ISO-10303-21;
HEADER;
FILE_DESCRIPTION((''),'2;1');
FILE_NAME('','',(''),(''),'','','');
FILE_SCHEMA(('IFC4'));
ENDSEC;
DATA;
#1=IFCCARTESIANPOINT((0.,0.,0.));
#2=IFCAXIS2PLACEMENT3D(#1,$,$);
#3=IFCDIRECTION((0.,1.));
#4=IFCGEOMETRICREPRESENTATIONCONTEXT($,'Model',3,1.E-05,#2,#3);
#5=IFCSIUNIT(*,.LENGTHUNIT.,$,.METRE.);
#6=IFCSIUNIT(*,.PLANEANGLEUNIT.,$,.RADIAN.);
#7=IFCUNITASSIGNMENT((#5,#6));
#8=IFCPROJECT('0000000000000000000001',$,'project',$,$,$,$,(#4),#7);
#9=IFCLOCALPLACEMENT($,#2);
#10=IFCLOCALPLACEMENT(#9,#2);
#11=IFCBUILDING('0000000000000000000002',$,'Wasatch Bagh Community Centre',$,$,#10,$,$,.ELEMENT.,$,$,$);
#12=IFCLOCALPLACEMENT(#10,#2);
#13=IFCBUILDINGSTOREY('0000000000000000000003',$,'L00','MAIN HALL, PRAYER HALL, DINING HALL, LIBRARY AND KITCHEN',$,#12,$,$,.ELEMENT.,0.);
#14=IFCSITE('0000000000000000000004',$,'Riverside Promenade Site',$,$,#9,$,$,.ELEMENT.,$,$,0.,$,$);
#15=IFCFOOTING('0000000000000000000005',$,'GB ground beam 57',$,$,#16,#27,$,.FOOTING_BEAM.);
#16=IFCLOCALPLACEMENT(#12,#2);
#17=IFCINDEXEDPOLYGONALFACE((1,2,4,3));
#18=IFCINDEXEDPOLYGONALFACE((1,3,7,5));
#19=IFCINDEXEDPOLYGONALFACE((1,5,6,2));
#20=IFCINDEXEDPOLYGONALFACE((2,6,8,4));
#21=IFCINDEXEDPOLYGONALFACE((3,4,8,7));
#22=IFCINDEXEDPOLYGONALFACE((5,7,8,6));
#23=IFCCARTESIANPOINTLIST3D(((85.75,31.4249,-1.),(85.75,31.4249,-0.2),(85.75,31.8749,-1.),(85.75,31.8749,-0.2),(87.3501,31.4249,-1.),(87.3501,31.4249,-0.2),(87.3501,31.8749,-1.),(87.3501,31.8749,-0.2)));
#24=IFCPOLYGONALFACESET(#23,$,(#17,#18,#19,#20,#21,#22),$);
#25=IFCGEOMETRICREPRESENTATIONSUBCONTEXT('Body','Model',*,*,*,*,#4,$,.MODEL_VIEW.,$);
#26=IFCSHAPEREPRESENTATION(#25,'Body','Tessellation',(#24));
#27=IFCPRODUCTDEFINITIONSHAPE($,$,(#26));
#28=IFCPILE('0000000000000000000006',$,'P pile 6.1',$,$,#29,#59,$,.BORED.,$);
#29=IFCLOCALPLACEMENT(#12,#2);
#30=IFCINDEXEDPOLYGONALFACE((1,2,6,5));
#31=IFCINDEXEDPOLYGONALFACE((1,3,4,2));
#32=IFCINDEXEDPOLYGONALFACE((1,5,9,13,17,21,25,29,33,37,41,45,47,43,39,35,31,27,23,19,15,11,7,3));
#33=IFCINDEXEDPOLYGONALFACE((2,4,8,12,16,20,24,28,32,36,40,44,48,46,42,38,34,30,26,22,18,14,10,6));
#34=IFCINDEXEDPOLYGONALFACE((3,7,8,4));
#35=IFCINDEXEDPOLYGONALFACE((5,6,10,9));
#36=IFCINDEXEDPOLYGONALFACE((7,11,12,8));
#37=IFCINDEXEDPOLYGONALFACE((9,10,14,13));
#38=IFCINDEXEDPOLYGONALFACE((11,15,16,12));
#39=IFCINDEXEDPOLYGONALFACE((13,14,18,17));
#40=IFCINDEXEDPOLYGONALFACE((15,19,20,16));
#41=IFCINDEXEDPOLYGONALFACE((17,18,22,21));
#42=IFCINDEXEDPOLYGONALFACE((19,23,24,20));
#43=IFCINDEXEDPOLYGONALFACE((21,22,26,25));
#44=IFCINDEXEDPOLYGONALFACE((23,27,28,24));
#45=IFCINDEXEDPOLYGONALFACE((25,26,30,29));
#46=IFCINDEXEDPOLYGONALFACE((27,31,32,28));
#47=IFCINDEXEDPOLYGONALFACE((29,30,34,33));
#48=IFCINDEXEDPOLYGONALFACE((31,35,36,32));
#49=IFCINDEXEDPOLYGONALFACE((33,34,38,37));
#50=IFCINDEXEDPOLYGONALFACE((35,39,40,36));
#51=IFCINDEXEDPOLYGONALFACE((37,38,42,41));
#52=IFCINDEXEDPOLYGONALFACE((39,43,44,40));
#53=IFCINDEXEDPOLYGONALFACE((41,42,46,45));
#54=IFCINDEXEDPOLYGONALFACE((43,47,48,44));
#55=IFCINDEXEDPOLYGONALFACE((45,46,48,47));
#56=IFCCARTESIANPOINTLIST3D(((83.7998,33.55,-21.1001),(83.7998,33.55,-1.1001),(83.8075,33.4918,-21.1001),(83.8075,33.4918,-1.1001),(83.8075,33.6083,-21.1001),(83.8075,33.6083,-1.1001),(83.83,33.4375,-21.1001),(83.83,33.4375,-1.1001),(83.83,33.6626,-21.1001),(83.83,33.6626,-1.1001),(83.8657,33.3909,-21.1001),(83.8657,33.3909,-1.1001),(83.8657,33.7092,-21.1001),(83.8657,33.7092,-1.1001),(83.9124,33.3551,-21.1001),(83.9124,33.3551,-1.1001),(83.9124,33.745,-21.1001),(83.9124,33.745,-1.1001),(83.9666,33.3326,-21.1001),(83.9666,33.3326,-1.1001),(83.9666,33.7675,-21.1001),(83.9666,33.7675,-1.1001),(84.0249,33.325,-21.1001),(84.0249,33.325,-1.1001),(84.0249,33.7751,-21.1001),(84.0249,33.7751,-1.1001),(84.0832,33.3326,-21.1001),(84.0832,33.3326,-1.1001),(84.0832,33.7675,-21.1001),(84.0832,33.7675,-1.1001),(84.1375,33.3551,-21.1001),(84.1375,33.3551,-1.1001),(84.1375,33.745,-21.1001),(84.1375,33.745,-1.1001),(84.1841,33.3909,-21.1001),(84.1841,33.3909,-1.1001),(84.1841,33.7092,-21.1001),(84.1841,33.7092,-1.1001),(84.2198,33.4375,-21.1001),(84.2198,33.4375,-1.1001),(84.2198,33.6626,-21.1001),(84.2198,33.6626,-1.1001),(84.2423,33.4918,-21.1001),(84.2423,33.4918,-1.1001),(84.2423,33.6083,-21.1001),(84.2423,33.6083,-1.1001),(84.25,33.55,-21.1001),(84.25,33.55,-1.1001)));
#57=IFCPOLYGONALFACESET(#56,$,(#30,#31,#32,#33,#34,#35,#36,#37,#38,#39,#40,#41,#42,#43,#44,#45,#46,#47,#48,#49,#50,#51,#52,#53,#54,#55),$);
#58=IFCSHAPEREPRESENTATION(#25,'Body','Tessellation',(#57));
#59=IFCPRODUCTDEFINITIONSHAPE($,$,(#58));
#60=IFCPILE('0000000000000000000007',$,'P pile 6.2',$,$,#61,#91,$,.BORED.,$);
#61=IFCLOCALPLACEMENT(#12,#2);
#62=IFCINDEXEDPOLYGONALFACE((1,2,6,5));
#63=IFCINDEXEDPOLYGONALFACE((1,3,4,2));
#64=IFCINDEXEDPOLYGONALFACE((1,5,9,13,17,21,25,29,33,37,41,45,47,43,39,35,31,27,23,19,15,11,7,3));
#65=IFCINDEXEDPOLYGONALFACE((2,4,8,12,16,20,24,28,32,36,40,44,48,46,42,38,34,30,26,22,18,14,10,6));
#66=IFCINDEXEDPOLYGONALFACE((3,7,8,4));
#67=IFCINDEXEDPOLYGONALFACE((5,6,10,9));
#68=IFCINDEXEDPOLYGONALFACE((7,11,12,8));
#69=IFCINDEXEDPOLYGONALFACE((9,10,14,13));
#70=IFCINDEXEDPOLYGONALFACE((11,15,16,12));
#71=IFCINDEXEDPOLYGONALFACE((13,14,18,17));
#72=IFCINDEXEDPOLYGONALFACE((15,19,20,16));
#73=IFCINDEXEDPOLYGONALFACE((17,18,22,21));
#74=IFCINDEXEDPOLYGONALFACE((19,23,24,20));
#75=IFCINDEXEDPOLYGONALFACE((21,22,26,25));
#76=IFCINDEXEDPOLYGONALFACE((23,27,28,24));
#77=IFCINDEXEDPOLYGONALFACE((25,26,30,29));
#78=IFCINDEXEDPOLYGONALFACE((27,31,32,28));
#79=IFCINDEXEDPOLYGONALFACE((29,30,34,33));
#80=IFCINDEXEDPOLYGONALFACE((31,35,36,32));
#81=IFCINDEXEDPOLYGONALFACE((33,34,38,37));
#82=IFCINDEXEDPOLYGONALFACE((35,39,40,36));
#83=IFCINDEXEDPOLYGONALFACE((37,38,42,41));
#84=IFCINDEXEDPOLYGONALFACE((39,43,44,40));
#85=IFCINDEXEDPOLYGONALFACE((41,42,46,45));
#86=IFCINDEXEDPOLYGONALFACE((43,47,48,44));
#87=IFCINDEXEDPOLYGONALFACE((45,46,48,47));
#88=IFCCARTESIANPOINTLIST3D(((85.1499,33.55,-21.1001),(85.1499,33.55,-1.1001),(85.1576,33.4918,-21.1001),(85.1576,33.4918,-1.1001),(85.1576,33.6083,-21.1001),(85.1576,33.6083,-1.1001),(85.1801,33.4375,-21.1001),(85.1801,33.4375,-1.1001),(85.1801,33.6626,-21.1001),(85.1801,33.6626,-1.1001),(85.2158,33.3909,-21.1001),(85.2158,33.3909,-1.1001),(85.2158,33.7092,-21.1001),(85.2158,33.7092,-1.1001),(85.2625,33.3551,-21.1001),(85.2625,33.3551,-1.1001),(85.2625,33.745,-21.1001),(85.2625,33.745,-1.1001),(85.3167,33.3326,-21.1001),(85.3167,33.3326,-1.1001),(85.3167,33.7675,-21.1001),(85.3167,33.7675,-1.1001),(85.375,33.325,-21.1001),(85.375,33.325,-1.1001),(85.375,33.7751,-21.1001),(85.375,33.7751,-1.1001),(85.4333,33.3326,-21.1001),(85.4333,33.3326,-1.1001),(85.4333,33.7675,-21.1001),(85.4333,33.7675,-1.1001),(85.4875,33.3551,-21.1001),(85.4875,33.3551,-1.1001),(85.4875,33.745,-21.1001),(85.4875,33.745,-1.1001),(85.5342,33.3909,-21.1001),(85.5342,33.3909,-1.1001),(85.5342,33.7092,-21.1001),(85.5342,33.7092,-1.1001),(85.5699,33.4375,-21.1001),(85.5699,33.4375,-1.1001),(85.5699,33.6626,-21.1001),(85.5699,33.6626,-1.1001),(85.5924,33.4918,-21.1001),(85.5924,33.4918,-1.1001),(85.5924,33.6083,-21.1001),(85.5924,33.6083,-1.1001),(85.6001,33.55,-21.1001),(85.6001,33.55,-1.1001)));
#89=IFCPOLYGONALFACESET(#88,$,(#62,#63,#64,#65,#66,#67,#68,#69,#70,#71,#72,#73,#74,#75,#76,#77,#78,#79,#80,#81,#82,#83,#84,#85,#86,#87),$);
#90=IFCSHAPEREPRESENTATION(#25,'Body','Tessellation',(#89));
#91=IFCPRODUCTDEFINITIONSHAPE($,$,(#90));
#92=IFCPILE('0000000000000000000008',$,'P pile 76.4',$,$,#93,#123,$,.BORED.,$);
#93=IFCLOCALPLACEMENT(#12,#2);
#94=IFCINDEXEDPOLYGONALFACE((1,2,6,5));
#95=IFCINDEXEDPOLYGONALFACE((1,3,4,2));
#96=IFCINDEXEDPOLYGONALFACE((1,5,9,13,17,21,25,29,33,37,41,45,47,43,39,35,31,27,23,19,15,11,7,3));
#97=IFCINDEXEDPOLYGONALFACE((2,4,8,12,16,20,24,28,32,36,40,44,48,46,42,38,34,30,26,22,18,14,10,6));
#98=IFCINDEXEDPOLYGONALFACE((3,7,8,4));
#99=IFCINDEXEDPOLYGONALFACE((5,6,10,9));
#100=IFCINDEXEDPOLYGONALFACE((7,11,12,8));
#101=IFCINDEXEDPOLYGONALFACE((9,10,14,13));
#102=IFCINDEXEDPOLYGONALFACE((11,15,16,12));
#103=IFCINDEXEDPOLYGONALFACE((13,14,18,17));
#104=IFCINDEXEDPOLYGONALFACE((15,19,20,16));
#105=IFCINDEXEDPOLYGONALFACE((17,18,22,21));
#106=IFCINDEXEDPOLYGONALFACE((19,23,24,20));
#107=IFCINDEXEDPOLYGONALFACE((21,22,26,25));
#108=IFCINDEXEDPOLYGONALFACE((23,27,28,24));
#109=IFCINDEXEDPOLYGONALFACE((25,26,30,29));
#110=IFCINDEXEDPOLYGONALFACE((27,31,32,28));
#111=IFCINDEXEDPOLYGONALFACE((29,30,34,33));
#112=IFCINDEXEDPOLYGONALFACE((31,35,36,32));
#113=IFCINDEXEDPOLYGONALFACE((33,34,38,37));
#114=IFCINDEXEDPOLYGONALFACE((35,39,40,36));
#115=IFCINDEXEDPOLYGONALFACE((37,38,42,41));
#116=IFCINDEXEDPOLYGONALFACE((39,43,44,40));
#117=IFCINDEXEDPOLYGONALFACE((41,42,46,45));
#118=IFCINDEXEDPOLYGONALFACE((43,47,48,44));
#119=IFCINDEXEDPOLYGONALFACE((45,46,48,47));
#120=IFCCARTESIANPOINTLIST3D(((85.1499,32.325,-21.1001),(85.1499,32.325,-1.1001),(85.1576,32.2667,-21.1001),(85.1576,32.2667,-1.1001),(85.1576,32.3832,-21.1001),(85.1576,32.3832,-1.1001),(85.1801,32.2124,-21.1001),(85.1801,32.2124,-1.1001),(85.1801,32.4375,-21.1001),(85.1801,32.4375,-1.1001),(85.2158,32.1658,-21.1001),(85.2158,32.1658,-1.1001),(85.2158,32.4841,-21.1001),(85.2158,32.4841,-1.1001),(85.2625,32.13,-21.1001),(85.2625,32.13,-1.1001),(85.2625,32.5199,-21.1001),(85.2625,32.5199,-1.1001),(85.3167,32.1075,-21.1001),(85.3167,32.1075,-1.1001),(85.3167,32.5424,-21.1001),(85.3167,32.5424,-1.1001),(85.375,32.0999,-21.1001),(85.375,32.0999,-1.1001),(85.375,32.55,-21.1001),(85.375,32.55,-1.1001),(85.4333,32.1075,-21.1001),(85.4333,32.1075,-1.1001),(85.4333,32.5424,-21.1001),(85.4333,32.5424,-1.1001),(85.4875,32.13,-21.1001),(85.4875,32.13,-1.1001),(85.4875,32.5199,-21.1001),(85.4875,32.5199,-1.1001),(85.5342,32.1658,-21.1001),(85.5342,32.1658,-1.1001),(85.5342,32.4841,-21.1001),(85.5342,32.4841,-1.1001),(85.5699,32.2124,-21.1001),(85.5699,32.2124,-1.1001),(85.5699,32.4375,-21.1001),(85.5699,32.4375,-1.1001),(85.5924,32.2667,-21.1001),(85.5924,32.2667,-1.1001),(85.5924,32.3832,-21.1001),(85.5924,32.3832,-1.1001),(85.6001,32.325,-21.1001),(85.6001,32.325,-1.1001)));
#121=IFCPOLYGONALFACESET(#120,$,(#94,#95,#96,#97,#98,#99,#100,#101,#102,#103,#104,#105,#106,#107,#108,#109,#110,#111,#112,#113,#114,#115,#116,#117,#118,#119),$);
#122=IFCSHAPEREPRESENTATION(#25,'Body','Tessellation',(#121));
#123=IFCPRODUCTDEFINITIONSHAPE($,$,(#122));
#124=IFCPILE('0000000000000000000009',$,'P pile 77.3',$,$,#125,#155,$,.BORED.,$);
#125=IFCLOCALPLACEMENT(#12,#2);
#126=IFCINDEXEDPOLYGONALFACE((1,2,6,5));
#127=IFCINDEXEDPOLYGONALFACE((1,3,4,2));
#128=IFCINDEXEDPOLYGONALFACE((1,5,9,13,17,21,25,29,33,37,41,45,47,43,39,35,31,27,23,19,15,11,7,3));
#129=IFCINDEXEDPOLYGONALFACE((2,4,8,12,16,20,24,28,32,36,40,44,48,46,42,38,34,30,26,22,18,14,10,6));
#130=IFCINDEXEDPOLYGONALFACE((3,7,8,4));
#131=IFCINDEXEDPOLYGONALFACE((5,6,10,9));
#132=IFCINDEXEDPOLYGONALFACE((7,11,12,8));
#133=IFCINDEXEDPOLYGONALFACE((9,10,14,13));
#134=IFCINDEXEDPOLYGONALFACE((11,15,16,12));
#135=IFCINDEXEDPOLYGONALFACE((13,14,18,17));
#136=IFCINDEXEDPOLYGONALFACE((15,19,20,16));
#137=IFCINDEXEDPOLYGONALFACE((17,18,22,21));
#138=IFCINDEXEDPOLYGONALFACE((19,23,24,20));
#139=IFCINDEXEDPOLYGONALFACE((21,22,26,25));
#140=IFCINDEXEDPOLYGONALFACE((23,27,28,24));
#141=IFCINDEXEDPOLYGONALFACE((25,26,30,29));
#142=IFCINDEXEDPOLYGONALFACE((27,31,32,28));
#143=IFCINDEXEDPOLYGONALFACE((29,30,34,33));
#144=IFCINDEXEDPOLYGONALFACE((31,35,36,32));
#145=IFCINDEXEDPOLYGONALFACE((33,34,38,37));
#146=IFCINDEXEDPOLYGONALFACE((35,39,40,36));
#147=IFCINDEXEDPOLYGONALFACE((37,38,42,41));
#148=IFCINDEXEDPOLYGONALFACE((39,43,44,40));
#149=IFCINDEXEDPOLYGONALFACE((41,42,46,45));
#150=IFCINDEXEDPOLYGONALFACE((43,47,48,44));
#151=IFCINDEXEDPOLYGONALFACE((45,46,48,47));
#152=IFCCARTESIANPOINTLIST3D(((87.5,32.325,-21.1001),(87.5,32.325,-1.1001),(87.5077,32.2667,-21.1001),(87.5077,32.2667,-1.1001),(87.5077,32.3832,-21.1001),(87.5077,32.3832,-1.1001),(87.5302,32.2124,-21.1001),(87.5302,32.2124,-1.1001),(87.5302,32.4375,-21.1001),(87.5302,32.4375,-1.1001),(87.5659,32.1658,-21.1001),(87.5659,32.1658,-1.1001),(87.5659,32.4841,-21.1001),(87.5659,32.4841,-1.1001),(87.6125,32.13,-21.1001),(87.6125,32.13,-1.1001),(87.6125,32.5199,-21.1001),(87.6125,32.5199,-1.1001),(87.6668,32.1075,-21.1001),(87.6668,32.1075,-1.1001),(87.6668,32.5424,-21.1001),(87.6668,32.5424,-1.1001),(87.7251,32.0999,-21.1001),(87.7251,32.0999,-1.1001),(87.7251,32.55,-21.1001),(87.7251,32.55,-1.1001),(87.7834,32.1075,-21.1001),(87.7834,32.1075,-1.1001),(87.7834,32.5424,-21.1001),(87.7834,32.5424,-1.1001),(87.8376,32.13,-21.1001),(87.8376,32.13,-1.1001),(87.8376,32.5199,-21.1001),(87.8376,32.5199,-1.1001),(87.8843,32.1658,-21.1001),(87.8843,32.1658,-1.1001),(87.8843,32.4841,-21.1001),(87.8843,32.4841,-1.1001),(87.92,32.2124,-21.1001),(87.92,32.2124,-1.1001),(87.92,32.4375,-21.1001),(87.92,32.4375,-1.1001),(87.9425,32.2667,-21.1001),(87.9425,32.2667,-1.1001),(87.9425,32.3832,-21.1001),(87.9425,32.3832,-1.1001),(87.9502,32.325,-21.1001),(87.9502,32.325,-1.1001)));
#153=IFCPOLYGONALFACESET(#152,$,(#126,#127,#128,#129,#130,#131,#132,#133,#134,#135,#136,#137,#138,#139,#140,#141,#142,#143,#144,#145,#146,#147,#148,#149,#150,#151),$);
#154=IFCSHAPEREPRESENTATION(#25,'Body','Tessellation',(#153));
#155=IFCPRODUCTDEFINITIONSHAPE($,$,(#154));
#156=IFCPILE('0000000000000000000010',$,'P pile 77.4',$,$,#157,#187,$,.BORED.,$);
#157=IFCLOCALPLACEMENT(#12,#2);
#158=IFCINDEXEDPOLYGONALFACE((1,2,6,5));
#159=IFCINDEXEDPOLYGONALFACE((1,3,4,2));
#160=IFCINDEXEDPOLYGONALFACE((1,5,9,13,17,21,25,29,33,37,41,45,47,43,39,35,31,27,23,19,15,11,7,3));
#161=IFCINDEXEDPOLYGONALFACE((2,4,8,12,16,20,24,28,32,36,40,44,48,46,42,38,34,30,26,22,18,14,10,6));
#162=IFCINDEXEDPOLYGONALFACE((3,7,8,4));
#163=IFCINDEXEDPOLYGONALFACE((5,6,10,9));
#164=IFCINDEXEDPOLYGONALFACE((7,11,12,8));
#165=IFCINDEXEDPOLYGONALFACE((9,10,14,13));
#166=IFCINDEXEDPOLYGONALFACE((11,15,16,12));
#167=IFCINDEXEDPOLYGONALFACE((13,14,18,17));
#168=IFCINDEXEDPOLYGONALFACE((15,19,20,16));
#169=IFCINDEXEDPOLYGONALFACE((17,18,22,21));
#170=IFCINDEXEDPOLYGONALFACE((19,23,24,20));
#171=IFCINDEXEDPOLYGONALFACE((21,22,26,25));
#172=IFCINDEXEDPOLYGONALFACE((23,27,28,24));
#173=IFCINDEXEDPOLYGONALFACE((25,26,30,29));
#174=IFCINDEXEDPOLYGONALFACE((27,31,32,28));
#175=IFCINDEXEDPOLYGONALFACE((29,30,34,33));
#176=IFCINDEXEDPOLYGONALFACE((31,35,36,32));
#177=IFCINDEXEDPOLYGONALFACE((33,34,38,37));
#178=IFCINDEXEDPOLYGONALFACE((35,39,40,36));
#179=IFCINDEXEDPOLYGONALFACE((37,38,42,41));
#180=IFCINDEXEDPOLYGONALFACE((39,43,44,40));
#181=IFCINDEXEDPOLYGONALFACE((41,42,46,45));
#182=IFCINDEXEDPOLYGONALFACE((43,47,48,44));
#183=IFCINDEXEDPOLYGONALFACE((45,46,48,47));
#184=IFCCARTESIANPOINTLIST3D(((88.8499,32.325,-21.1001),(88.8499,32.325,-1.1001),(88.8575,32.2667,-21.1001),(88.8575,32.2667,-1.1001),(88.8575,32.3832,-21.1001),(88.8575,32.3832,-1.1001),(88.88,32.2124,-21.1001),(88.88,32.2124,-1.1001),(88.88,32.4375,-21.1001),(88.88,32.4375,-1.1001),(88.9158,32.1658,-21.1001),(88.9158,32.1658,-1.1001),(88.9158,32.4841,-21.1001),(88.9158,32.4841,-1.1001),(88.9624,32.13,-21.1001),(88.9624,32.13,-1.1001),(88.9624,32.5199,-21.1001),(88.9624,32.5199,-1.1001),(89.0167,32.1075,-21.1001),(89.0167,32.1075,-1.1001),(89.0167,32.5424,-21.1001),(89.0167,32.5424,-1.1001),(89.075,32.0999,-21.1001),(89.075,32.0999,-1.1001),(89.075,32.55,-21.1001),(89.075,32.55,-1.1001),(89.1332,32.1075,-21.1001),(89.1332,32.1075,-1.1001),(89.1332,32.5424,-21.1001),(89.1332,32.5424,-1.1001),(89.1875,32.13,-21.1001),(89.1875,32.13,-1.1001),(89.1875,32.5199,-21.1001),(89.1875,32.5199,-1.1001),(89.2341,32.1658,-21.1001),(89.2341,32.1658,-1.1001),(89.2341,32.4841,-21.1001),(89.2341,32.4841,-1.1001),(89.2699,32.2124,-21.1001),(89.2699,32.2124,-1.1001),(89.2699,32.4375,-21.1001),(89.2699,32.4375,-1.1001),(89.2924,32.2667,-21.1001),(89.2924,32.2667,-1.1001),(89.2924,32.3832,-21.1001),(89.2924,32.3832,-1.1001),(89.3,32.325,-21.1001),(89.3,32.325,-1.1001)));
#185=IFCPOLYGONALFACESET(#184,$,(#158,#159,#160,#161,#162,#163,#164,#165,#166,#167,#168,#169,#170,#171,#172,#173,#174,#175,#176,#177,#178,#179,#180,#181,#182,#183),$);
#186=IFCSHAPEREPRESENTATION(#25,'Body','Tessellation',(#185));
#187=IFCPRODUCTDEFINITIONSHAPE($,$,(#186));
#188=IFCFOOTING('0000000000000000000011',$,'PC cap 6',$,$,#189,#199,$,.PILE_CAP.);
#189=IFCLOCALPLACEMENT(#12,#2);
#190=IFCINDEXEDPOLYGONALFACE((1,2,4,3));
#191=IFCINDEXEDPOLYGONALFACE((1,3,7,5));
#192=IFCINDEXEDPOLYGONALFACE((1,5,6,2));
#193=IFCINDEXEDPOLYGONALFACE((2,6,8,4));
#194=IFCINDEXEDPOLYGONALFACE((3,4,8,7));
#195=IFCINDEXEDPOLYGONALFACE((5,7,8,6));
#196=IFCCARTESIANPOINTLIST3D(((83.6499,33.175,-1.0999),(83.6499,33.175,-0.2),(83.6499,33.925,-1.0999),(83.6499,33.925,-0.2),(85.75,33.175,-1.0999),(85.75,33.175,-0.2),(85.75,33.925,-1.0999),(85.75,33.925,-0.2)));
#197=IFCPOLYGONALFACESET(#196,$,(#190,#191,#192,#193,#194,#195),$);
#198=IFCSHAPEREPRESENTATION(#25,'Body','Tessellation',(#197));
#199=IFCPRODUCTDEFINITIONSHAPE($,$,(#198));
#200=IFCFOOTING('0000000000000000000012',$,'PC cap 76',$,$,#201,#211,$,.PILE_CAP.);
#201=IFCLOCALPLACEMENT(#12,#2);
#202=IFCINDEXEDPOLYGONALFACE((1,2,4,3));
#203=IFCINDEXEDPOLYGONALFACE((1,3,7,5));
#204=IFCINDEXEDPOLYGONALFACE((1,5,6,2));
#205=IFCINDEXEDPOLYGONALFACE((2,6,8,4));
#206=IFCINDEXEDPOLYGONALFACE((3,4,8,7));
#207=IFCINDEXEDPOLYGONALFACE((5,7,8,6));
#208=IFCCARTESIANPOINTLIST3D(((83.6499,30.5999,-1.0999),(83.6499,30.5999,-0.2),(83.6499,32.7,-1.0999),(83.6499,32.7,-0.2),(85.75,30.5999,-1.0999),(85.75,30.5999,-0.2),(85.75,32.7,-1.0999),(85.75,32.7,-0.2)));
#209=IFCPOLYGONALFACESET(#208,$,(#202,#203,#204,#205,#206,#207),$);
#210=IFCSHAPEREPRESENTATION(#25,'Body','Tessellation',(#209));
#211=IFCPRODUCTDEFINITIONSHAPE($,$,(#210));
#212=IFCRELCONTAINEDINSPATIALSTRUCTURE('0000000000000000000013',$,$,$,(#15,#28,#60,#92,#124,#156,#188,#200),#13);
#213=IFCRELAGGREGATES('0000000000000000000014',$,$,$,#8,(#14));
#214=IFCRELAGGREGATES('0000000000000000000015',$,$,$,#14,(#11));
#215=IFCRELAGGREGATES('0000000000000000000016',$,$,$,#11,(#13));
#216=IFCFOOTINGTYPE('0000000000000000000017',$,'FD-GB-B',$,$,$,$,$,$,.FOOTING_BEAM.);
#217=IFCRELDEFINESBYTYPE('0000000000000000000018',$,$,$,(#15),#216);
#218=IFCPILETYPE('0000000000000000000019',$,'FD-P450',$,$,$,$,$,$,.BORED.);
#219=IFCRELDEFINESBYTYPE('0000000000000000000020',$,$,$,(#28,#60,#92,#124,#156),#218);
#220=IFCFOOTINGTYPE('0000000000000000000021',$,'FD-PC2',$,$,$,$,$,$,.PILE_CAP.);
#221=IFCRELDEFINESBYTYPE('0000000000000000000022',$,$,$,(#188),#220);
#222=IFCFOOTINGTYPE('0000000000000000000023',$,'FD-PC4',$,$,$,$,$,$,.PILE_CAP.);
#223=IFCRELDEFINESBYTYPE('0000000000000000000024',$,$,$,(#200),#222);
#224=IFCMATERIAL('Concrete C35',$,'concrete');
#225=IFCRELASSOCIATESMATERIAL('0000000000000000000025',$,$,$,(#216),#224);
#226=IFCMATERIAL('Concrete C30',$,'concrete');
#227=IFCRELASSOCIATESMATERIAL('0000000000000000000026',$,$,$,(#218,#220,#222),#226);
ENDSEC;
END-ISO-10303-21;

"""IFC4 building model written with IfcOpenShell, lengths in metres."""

from ifc_helpers import new_model, si_unit, direction, frame, origin, origin_2d, place, context, subcontext, project, spatial, rectangle, circle, extrude, material, material_profile, profile_set, type_object, element, save


model = new_model("IFC4")

# Units and contexts
model_context = context("Model", 3, precision=1e-05, world=origin(), true_north=direction((0.0, 1.0)))
body_context = subcontext(model_context, "Body", "Model", "MODEL_VIEW")
ifc_project = project(units=[si_unit("LENGTHUNIT", "METRE"), si_unit("PLANEANGLEUNIT", "RADIAN")], contexts=[model_context])

# Site, building, storey
site_placement = place(None, origin())
site = spatial("IfcSite", under=ifc_project, at=site_placement, Name="Riverside Promenade Site", CompositionType="ELEMENT", RefElevation=0.0)
building_placement = place(site_placement, origin())
building = spatial("IfcBuilding", under=site, at=building_placement, Name="Wasatch Bagh Community Centre", CompositionType="ELEMENT")
storey_placement = place(building_placement, origin())
storey = spatial("IfcBuildingStorey", under=building, at=storey_placement, Name="L00", Description="MAIN HALL, PRAYER HALL, DINING HALL, LIBRARY AND KITCHEN", CompositionType="ELEMENT", Elevation=0.0)

# Footing
ifc_material_1 = material(Name="Concrete C35", Category="concrete")
footing_type_1 = type_object("IfcFootingType", Name="FD-GB-B", PredefinedType="FOOTING_BEAM", material=ifc_material_1)
footing_1_placement = place(storey_placement, frame((86.55, 31.6499, -1.0), z_axis=(0.0, 0.0, 1.0), x_axis=(1.0, 0.0, 0.0)))
element("IfcFooting", 1, at=footing_1_placement, inside=storey, type_object=footing_type_1, Name="GB ground beam 57", PredefinedType="FOOTING_BEAM", context=body_context, shape_type="SweptSolid", body=[
    extrude(rectangle(XDim=1.6001, YDim=0.45, at=origin_2d()), origin(), (0.0, 0.0, 1.0), 0.8),
])

# Piles
ifc_material_2 = material(Name="Concrete C30", Category="concrete")
ifc_material_profile_1 = material_profile(ifc_material_2, circle(Radius=0.2251, at=origin_2d()), Name="RC D450")
ifc_profile_set_1 = profile_set([ifc_material_profile_1], Name="Concrete C30")
pile_type = type_object("IfcPileType", Name="FD-P450", PredefinedType="BORED", material=ifc_profile_set_1)
for number, where, z_axis, x_axis, name in (
    (2, (84.0249, 33.55, -1.1001), (0.0, 0.0, -1.0), (1.0, 0.0, 0.0), "P pile 6.1"),
    (3, (85.375, 33.55, -1.1001), (0.0, 0.0, -1.0), (1.0, 0.0, 0.0), "P pile 6.2"),
    (4, (85.375, 32.325, -1.1001), (0.0, 0.0, -1.0), (1.0, 0.0, 0.0), "P pile 76.4"),
    (5, (87.7251, 32.325, -1.1001), (0.0, 0.0, -1.0), (1.0, 0.0, 0.0), "P pile 77.3"),
    (6, (89.075, 32.325, -1.1001), (0.0, 0.0, -1.0), (1.0, 0.0, 0.0), "P pile 77.4"),
):
    element("IfcPile", number, at=place(storey_placement, frame(where, z_axis=z_axis, x_axis=x_axis)), inside=storey, type_object=pile_type, Name=name, PredefinedType="BORED", context=body_context, shape_type="SweptSolid", body=[
        extrude(circle(Radius=0.2251, at=origin_2d()), origin(), (0.0, 0.0, 1.0), 20.0),
    ])

# Footings
footing_type_2 = type_object("IfcFootingType", Name="FD-PC2", PredefinedType="PILE_CAP", material=ifc_material_2)
footing_2_placement = place(storey_placement, frame((84.7, 33.55, -1.0999), z_axis=(0.0, 0.0, 1.0), x_axis=(1.0, 0.0, 0.0)))
element("IfcFooting", 7, at=footing_2_placement, inside=storey, type_object=footing_type_2, Name="PC cap 6", PredefinedType="PILE_CAP", context=body_context, shape_type="SweptSolid", body=[
    extrude(rectangle(XDim=2.1001, YDim=0.75, at=origin_2d()), origin(), (0.0, 0.0, 1.0), 0.8999),
])
footing_type_3 = type_object("IfcFootingType", Name="FD-PC4", PredefinedType="PILE_CAP", material=ifc_material_2)
for number, where, z_axis, x_axis, name in (
    (8, (84.7, 31.6499, -1.0999), (0.0, 0.0, 1.0), (1.0, 0.0, 0.0), "PC cap 76"),
):
    element("IfcFooting", number, at=place(storey_placement, frame(where, z_axis=z_axis, x_axis=x_axis)), inside=storey, type_object=footing_type_3, Name=name, PredefinedType="PILE_CAP", context=body_context, shape_type="SweptSolid", body=[
        extrude(rectangle(XDim=2.1001, YDim=2.1001, at=origin_2d()), origin(), (0.0, 0.0, 1.0), 0.8999),
    ])

save(model, "model.ifc")
